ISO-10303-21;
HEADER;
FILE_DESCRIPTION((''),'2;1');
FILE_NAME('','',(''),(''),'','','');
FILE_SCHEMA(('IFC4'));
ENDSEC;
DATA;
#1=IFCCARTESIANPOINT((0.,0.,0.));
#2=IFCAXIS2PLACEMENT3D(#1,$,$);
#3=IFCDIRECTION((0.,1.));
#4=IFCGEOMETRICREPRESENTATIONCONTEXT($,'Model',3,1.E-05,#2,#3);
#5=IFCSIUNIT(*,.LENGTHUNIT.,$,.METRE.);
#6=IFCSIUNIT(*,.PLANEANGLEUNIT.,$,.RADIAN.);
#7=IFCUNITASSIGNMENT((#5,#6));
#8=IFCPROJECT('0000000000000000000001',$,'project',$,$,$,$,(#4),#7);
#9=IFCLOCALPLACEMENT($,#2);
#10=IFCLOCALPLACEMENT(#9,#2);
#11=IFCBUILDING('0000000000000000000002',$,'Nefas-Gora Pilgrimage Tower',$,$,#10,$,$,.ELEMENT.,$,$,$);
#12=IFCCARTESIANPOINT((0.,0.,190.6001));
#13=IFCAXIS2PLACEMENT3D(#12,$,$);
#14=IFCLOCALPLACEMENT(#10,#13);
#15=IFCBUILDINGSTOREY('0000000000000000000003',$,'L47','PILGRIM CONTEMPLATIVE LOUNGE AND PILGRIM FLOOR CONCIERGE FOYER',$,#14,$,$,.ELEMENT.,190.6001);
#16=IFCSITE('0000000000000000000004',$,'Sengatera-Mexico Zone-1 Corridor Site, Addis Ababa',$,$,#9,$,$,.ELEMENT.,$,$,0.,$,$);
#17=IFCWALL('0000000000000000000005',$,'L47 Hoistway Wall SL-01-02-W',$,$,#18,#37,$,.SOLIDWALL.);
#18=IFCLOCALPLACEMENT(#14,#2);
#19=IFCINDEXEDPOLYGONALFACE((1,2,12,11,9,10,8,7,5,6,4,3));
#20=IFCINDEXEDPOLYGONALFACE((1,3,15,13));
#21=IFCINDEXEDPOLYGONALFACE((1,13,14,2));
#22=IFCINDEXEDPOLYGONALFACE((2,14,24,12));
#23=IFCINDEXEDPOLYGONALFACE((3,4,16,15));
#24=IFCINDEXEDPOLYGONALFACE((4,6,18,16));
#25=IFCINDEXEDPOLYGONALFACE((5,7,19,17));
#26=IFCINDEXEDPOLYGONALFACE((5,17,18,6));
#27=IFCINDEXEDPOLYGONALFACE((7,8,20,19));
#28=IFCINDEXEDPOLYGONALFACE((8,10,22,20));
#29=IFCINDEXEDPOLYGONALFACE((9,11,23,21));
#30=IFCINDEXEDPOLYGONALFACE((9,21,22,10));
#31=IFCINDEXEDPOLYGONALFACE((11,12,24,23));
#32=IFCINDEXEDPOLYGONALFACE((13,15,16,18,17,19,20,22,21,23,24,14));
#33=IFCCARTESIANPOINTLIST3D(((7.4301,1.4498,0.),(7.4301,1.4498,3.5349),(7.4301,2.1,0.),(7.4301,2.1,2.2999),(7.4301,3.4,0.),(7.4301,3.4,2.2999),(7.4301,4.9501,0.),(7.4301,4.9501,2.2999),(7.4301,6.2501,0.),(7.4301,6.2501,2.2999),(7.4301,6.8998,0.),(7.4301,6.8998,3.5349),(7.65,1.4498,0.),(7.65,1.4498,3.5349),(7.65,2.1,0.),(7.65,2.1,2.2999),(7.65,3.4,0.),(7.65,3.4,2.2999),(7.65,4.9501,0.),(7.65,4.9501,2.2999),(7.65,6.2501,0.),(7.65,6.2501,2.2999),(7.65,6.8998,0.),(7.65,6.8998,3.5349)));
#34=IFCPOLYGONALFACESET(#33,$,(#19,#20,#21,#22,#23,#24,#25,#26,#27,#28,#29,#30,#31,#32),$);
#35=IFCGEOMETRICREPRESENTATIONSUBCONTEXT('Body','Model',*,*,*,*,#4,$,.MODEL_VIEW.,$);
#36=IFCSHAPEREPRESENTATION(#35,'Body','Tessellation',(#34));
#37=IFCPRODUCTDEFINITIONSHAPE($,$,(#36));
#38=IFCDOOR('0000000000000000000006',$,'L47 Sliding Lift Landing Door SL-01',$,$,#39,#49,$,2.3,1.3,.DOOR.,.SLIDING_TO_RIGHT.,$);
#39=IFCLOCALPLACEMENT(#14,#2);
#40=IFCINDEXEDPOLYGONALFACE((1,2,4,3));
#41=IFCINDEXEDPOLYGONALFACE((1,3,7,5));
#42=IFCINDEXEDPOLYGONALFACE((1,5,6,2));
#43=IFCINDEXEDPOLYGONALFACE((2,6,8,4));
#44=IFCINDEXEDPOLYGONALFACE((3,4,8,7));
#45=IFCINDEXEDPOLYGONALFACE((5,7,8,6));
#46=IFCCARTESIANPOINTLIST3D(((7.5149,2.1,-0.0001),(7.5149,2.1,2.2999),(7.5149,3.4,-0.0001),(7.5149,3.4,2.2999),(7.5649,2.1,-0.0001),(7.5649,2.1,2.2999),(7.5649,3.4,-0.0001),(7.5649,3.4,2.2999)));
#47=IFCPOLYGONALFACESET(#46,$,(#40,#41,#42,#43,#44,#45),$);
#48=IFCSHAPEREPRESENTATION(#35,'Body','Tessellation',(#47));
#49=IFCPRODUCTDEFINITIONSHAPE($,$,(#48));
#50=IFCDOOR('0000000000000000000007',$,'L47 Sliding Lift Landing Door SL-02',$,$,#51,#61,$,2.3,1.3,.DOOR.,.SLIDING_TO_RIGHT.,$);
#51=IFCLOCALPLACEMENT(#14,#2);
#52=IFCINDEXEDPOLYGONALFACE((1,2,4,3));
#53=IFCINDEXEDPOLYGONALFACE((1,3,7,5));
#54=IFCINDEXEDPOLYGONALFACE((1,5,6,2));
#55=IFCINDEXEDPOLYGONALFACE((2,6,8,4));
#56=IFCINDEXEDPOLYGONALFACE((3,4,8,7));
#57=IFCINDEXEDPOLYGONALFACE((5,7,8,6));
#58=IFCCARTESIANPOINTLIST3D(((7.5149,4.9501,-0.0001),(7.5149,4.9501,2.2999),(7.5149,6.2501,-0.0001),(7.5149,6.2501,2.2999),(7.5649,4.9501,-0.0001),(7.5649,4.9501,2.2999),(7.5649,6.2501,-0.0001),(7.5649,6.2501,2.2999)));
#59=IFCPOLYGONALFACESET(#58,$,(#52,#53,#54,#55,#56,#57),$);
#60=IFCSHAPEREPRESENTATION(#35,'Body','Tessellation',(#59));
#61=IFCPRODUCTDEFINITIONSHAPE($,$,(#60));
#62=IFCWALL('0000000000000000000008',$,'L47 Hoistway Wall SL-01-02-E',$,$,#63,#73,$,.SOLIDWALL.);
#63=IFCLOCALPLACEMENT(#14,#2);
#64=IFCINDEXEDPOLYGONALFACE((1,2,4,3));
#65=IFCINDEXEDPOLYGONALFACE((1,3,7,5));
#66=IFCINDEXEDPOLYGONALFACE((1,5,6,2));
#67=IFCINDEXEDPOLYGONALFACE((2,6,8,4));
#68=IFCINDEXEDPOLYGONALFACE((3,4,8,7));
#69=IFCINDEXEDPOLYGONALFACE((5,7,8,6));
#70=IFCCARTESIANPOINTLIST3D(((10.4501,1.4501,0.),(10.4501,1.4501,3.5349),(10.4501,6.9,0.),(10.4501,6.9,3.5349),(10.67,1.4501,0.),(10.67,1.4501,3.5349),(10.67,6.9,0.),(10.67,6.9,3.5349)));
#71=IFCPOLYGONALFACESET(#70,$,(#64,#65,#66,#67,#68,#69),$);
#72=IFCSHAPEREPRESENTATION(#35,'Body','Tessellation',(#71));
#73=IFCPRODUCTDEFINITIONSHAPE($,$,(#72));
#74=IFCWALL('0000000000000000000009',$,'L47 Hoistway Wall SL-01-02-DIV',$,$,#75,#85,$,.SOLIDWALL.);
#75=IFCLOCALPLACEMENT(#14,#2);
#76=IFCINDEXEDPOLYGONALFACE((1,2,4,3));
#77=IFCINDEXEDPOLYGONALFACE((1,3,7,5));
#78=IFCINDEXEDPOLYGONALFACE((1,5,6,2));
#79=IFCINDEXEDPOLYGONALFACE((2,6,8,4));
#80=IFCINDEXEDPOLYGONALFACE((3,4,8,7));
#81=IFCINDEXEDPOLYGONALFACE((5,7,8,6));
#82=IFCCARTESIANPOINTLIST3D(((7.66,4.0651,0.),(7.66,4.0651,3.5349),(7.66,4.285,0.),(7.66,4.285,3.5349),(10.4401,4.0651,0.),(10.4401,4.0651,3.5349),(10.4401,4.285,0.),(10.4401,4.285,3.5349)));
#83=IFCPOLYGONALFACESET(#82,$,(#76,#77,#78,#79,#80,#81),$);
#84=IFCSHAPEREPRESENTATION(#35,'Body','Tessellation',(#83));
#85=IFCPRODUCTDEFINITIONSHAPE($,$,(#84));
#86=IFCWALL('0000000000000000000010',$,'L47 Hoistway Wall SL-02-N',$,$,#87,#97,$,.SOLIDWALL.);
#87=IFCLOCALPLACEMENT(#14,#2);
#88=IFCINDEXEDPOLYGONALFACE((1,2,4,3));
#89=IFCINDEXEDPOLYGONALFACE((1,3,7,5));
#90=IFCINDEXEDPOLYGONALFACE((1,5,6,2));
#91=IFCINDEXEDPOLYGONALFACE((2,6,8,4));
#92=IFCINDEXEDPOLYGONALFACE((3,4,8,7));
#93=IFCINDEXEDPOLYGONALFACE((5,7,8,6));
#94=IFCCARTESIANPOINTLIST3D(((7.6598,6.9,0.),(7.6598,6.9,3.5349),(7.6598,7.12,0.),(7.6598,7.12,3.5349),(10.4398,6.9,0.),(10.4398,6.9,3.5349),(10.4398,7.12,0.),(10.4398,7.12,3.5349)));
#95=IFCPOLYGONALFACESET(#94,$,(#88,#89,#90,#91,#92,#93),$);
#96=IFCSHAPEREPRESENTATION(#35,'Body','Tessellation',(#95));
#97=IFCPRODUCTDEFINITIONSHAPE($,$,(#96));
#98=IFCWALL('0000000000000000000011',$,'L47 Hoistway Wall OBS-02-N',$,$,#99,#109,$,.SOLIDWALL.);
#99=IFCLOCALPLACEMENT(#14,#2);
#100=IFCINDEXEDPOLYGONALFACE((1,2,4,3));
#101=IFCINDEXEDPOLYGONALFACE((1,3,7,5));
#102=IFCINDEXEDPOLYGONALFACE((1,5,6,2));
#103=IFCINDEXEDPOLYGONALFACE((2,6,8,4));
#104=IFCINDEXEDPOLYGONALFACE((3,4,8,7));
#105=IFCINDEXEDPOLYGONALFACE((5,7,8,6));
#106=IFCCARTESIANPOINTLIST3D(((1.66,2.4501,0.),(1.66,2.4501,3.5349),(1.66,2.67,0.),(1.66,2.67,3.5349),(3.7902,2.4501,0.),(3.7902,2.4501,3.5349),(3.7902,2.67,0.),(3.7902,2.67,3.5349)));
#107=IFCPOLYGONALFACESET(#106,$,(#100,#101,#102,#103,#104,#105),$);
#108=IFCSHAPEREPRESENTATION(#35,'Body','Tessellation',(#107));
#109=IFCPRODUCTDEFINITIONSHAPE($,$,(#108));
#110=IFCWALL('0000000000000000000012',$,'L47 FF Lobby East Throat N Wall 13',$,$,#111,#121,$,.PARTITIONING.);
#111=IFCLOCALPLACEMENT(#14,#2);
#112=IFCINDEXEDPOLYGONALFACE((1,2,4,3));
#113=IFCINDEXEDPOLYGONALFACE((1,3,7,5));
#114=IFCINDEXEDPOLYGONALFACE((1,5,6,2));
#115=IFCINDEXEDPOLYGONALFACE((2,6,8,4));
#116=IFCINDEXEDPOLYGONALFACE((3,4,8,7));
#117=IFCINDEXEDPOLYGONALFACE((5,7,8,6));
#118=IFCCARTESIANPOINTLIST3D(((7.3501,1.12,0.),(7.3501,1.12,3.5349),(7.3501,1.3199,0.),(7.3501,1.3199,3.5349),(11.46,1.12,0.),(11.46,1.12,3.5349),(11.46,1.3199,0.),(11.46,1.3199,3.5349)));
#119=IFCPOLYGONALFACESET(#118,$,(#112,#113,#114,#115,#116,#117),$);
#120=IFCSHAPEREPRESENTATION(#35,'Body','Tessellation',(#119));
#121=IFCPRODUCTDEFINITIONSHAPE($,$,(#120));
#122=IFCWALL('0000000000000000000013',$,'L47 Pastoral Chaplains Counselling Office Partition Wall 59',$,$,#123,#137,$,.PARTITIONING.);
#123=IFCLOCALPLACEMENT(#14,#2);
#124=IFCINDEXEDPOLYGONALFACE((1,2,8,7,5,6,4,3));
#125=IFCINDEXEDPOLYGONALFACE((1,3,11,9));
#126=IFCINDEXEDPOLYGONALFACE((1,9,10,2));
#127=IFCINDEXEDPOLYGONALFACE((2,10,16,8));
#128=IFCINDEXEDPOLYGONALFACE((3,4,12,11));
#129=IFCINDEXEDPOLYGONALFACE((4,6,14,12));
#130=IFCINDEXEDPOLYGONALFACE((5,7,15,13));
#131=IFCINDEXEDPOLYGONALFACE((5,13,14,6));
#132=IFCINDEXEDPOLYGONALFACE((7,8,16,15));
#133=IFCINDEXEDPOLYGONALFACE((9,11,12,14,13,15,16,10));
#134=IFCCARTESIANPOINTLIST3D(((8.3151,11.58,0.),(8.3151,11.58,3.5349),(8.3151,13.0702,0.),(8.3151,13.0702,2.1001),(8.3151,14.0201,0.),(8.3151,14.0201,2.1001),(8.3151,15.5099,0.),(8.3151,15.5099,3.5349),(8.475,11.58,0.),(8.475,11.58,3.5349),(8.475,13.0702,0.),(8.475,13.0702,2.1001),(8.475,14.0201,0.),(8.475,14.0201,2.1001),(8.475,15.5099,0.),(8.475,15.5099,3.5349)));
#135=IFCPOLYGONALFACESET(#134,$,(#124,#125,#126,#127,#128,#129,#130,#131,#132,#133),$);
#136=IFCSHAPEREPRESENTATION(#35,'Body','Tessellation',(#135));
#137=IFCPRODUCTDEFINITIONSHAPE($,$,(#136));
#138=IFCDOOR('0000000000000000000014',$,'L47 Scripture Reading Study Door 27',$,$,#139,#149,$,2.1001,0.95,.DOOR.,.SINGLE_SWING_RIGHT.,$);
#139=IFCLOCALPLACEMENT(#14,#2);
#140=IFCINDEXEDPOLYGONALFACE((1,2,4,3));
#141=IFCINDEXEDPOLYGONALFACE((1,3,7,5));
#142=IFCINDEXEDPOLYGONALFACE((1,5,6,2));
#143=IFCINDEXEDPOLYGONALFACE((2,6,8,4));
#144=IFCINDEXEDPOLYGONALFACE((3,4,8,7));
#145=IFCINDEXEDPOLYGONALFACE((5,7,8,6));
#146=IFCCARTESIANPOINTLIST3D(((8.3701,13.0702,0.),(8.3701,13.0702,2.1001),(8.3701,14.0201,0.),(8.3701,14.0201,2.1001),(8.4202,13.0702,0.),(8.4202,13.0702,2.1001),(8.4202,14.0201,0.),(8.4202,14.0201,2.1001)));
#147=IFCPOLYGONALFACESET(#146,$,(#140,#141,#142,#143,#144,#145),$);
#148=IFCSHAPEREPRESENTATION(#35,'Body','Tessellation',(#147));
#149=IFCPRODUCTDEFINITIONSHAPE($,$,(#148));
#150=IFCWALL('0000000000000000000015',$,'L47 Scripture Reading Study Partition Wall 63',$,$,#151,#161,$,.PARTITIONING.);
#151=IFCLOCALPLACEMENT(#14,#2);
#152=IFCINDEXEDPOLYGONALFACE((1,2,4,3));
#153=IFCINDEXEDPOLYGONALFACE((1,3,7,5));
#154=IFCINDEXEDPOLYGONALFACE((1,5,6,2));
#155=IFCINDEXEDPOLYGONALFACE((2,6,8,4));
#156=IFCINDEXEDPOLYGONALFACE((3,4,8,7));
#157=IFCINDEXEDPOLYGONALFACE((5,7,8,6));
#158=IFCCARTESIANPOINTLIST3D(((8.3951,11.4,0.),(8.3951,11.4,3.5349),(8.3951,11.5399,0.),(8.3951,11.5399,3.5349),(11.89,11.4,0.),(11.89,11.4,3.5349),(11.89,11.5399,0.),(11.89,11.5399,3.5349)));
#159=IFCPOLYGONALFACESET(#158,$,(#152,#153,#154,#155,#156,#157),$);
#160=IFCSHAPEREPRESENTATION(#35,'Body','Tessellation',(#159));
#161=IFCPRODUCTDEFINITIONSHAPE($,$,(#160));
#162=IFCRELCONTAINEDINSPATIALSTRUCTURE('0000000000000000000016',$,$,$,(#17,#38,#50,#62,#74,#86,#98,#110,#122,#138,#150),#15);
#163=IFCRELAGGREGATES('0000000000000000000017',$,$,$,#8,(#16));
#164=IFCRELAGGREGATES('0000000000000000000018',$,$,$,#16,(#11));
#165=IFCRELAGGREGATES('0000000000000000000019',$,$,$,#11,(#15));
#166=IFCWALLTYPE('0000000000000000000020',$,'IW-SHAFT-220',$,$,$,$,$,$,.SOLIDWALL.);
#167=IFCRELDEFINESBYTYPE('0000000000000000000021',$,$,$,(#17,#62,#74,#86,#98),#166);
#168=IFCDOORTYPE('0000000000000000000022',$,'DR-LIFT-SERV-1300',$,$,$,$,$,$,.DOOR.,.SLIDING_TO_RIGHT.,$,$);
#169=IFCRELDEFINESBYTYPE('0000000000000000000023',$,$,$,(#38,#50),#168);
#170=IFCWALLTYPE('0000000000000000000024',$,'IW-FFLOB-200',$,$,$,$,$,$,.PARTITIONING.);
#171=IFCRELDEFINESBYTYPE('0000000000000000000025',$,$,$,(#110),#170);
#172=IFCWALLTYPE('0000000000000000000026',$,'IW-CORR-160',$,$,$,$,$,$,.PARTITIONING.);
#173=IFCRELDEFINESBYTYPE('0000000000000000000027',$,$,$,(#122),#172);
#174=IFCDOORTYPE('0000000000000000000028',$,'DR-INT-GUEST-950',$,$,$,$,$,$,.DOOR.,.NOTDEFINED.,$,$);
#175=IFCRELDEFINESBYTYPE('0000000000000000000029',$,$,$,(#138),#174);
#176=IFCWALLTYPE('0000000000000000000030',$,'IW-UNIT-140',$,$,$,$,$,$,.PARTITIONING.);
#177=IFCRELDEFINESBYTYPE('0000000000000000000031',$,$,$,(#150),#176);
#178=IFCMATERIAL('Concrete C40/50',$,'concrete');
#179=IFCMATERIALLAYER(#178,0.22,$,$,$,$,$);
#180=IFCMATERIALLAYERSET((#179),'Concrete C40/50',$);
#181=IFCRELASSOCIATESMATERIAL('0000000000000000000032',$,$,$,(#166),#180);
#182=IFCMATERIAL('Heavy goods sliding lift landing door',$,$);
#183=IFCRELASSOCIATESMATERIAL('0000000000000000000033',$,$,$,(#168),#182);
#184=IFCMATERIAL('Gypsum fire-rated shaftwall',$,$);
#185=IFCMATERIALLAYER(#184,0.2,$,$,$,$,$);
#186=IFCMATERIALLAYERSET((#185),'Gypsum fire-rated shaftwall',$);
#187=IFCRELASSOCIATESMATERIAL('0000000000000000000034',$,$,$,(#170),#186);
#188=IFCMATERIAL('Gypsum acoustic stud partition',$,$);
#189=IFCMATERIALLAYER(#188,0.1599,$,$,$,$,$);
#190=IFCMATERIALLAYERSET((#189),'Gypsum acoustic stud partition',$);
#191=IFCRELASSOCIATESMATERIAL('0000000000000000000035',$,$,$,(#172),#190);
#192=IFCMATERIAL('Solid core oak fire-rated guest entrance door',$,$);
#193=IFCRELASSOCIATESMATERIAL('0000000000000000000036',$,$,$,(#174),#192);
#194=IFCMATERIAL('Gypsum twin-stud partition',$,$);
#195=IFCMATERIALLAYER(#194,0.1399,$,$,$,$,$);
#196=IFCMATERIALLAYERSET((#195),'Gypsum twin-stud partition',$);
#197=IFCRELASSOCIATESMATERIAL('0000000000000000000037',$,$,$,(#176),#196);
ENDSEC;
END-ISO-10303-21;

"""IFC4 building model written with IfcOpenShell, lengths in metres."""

from ifc_helpers import new_model, si_unit, direction, frame, frame_2d, origin, place, context, subcontext, project, spatial, rectangle, extrude, source, transform, mapped, material, layer, layer_set, type_object, element, fill, save


model = new_model("IFC4")

# Units and contexts
model_context = context("Model", 3, precision=1e-05, world=origin(), true_north=direction((0.0, 1.0)))
body_context = subcontext(model_context, "Body", "Model", "MODEL_VIEW")
ifc_project = project(units=[si_unit("LENGTHUNIT", "METRE"), si_unit("PLANEANGLEUNIT", "RADIAN")], contexts=[model_context])

# Site, building, storey
site_placement = place(None, origin())
site = spatial("IfcSite", under=ifc_project, at=site_placement, Name="Sengatera-Mexico Zone-1 Corridor Site, Addis Ababa", CompositionType="ELEMENT", RefElevation=0.0)
building_placement = place(site_placement, origin())
building = spatial("IfcBuilding", under=site, at=building_placement, Name="Nefas-Gora Pilgrimage Tower", CompositionType="ELEMENT")
storey_placement = place(building_placement, frame((0.0, 0.0, 190.6001)))
storey = spatial("IfcBuildingStorey", under=building, at=storey_placement, Name="L47", Description="PILGRIM CONTEMPLATIVE LOUNGE AND PILGRIM FLOOR CONCIERGE FOYER", CompositionType="ELEMENT", Elevation=190.6001)

# Wall, openings, doors
ifc_material_1 = material(Name="Concrete C40/50", Category="concrete")
ifc_layer_1 = layer(ifc_material_1, 0.22)
ifc_layer_set_1 = layer_set([ifc_layer_1], Name="Concrete C40/50")
wall_type_1 = type_object("IfcWallType", Name="IW-SHAFT-220", PredefinedType="SOLIDWALL", material=ifc_layer_set_1)
shared_shape_1 = source(origin(), body_context, "Body", "SweptSolid", [
    extrude(rectangle(XDim=5.45, YDim=0.22, at=frame_2d((2.7251, 0.0))), origin(), (0.0, 0.0, 1.0), 3.5349),
])
wall_1_placement = place(storey_placement, frame((7.54, 6.8999, 0.0), z_axis=(0.0, 0.0, 1.0), x_axis=(0.0, -1.0, 0.0)))
wall_1 = element("IfcWall", 1, at=wall_1_placement, inside=storey, type_object=wall_type_1, Name="L47 Hoistway Wall SL-01-02-W", PredefinedType="SOLIDWALL", context=body_context, shape_type="MappedRepresentation", body=[
    mapped(shared_shape_1, transform((0.0, 0.0, 0.0), x_axis=(1.0, 0.0, 0.0), y_axis=(0.0, 1.0, 0.0), z_axis=(0.0, 0.0, 1.0), scale=1.0)),
])
opening_1_placement = place(wall_1_placement, frame((3.5, 0.0, 0.0)))
opening_1 = element("IfcOpeningElement", 2, at=opening_1_placement, cuts=wall_1, PredefinedType="OPENING", context=body_context, shape_type="SweptSolid", body=[
    extrude(rectangle(XDim=1.3, YDim=2.3, at=frame_2d((0.6499, 1.1499))), frame((0.0, 0.1199, 0.0), z_axis=(0.0, -1.0, 0.0), x_axis=(1.0, 0.0, 0.0)), (0.0, 0.0, 1.0), 0.24),
])
opening_2_placement = place(wall_1_placement, frame((0.6499, 0.0, 0.0)))
opening_2 = element("IfcOpeningElement", 3, at=opening_2_placement, cuts=wall_1, PredefinedType="OPENING", context=body_context, shape_type="SweptSolid", body=[
    extrude(rectangle(XDim=1.3, YDim=2.3, at=frame_2d((0.6499, 1.1499))), frame((0.0, 0.1199, 0.0), z_axis=(0.0, -1.0, 0.0), x_axis=(1.0, 0.0, 0.0)), (0.0, 0.0, 1.0), 0.24),
])
ifc_material_2 = material(Name="Heavy goods sliding lift landing door")
door_type_1 = type_object("IfcDoorType", Name="DR-LIFT-SERV-1300", OperationType="SLIDING_TO_RIGHT", PredefinedType="DOOR", material=ifc_material_2)
shared_shape_2 = source(origin(), body_context, "Body", "SweptSolid", [
    extrude(rectangle(XDim=1.3, YDim=2.3, at=frame_2d((0.6499, 1.1499))), frame((0.0, 0.0249, 0.0), z_axis=(0.0, -1.0, 0.0), x_axis=(1.0, 0.0, 0.0)), (0.0, 0.0, 1.0), 0.05),
])
door_1_placement = place(opening_1_placement, origin())
door_1 = element("IfcDoor", 4, at=door_1_placement, inside=storey, type_object=door_type_1, Name="L47 Sliding Lift Landing Door SL-01", OperationType="SLIDING_TO_RIGHT", OverallHeight=2.3, OverallWidth=1.3, PredefinedType="DOOR", context=body_context, shape_type="MappedRepresentation", body=[
    mapped(shared_shape_2, transform((0.0, 0.0, 0.0), x_axis=(1.0, 0.0, 0.0), y_axis=(0.0, 1.0, 0.0), z_axis=(0.0, 0.0, 1.0), scale=1.0)),
])
fill(opening_1, door_1)
door_2_placement = place(opening_2_placement, origin())
door_2 = element("IfcDoor", 5, at=door_2_placement, inside=storey, type_object=door_type_1, Name="L47 Sliding Lift Landing Door SL-02", OperationType="SLIDING_TO_RIGHT", OverallHeight=2.3, OverallWidth=1.3, PredefinedType="DOOR", context=body_context, shape_type="MappedRepresentation", body=[
    mapped(shared_shape_2, transform((0.0, 0.0, 0.0), x_axis=(1.0, 0.0, 0.0), y_axis=(0.0, 1.0, 0.0), z_axis=(0.0, 0.0, 1.0), scale=1.0)),
])
fill(opening_2, door_2)

# Walls
wall_2_placement = place(storey_placement, frame((10.5601, 1.45, 0.0), z_axis=(0.0, 0.0, 1.0), x_axis=(0.0, 1.0, 0.0)))
element("IfcWall", 6, at=wall_2_placement, inside=storey, type_object=wall_type_1, Name="L47 Hoistway Wall SL-01-02-E", PredefinedType="SOLIDWALL", context=body_context, shape_type="MappedRepresentation", body=[
    mapped(shared_shape_1, transform((0.0, 0.0, 0.0), x_axis=(1.0, 0.0, 0.0), y_axis=(0.0, 1.0, 0.0), z_axis=(0.0, 0.0, 1.0), scale=1.0)),
])
shared_shape_3 = source(origin(), body_context, "Body", "SweptSolid", [
    extrude(rectangle(XDim=2.78, YDim=0.22, at=frame_2d((1.3901, 0.0))), origin(), (0.0, 0.0, 1.0), 3.5349),
])
for number, where, z_axis, x_axis, name in (
    (7, (7.6599, 4.175, 0.0), (0.0, 0.0, 1.0), (1.0, 0.0, 0.0), "L47 Hoistway Wall SL-01-02-DIV"),
    (8, (10.4399, 7.01, 0.0), (0.0, 0.0, 1.0), (-1.0, 0.0, 0.0), "L47 Hoistway Wall SL-02-N"),
):
    element("IfcWall", number, at=place(storey_placement, frame(where, z_axis=z_axis, x_axis=x_axis)), inside=storey, type_object=wall_type_1, Name=name, PredefinedType="SOLIDWALL", context=body_context, shape_type="MappedRepresentation", body=[
        mapped(shared_shape_3, transform((0.0, 0.0, 0.0), x_axis=(1.0, 0.0, 0.0), y_axis=(0.0, 1.0, 0.0), z_axis=(0.0, 0.0, 1.0), scale=1.0)),
    ])
shared_shape_4 = source(origin(), body_context, "Body", "SweptSolid", [
    extrude(rectangle(XDim=2.1301, YDim=0.22, at=frame_2d((1.0649, 0.0))), origin(), (0.0, 0.0, 1.0), 3.5349),
])
wall_3_placement = place(storey_placement, frame((3.79, 2.5601, 0.0), z_axis=(0.0, 0.0, 1.0), x_axis=(-1.0, 0.0, 0.0)))
element("IfcWall", 9, at=wall_3_placement, inside=storey, type_object=wall_type_1, Name="L47 Hoistway Wall OBS-02-N", PredefinedType="SOLIDWALL", context=body_context, shape_type="MappedRepresentation", body=[
    mapped(shared_shape_4, transform((0.0, 0.0, 0.0), x_axis=(1.0, 0.0, 0.0), y_axis=(0.0, 1.0, 0.0), z_axis=(0.0, 0.0, 1.0), scale=1.0)),
])

# Shared definitions
ifc_material_3 = material(Name="Gypsum fire-rated shaftwall")
ifc_layer_2 = layer(ifc_material_3, 0.2)
ifc_layer_set_2 = layer_set([ifc_layer_2], Name="Gypsum fire-rated shaftwall")
wall_type_2 = type_object("IfcWallType", Name="IW-FFLOB-200", PredefinedType="PARTITIONING", material=ifc_layer_set_2)

# Wall
shared_shape_5 = source(origin(), body_context, "Body", "SweptSolid", [
    extrude(rectangle(XDim=4.1099, YDim=0.2, at=frame_2d((2.0549, 0.0))), origin(), (0.0, 0.0, 1.0), 3.5349),
])
wall_4_placement = place(storey_placement, frame((7.3501, 1.22, 0.0), z_axis=(0.0, 0.0, 1.0), x_axis=(1.0, 0.0, 0.0)))
element("IfcWall", 10, at=wall_4_placement, inside=storey, type_object=wall_type_2, Name="L47 FF Lobby East Throat N Wall 13", PredefinedType="PARTITIONING", context=body_context, shape_type="MappedRepresentation", body=[
    mapped(shared_shape_5, transform((0.0, 0.0, 0.0), x_axis=(1.0, 0.0, 0.0), y_axis=(0.0, 1.0, 0.0), z_axis=(0.0, 0.0, 1.0), scale=1.0)),
])

# Wall, opening, door
ifc_material_4 = material(Name="Gypsum acoustic stud partition")
ifc_layer_3 = layer(ifc_material_4, 0.1599)
ifc_layer_set_3 = layer_set([ifc_layer_3], Name="Gypsum acoustic stud partition")
wall_type_3 = type_object("IfcWallType", Name="IW-CORR-160", PredefinedType="PARTITIONING", material=ifc_layer_set_3)
shared_shape_6 = source(origin(), body_context, "Body", "SweptSolid", [
    extrude(rectangle(XDim=3.9299, YDim=0.1599, at=frame_2d((1.9648, 0.0))), origin(), (0.0, 0.0, 1.0), 3.5349),
])
wall_5_placement = place(storey_placement, frame((8.395, 11.5801, 0.0), z_axis=(0.0, 0.0, 1.0), x_axis=(0.0, 1.0, 0.0)))
wall_5 = element("IfcWall", 11, at=wall_5_placement, inside=storey, type_object=wall_type_3, Name="L47 Pastoral Chaplains Counselling Office Partition Wall 59", PredefinedType="PARTITIONING", context=body_context, shape_type="MappedRepresentation", body=[
    mapped(shared_shape_6, transform((0.0, 0.0, 0.0), x_axis=(1.0, 0.0, 0.0), y_axis=(0.0, 1.0, 0.0), z_axis=(0.0, 0.0, 1.0), scale=1.0)),
])
opening_3_placement = place(wall_5_placement, frame((1.49, 0.0, 0.0)))
opening_3 = element("IfcOpeningElement", 12, at=opening_3_placement, cuts=wall_5, PredefinedType="OPENING", context=body_context, shape_type="SweptSolid", body=[
    extrude(rectangle(XDim=0.95, YDim=2.1001, at=frame_2d((0.4751, 1.05))), frame((0.0, 0.0898, 0.0), z_axis=(0.0, -1.0, 0.0), x_axis=(1.0, 0.0, 0.0)), (0.0, 0.0, 1.0), 0.1799),
])
ifc_material_5 = material(Name="Solid core oak fire-rated guest entrance door")
door_type_2 = type_object("IfcDoorType", Name="DR-INT-GUEST-950", OperationType="NOTDEFINED", PredefinedType="DOOR", material=ifc_material_5)
shared_shape_7 = source(origin(), body_context, "Body", "SweptSolid", [
    extrude(rectangle(XDim=0.95, YDim=2.1001, at=frame_2d((0.4751, 1.05))), frame((0.0, 0.0249, 0.0), z_axis=(0.0, -1.0, 0.0), x_axis=(1.0, 0.0, 0.0)), (0.0, 0.0, 1.0), 0.05),
])
door_3_placement = place(opening_3_placement, origin())
door_3 = element("IfcDoor", 13, at=door_3_placement, inside=storey, type_object=door_type_2, Name="L47 Scripture Reading Study Door 27", OperationType="SINGLE_SWING_RIGHT", OverallHeight=2.1001, OverallWidth=0.95, PredefinedType="DOOR", context=body_context, shape_type="MappedRepresentation", body=[
    mapped(shared_shape_7, transform((0.0, 0.0, 0.0), x_axis=(1.0, 0.0, 0.0), y_axis=(0.0, 1.0, 0.0), z_axis=(0.0, 0.0, 1.0), scale=1.0)),
])
fill(opening_3, door_3)

# Wall
ifc_material_6 = material(Name="Gypsum twin-stud partition")
ifc_layer_4 = layer(ifc_material_6, 0.1399)
ifc_layer_set_4 = layer_set([ifc_layer_4], Name="Gypsum twin-stud partition")
wall_type_4 = type_object("IfcWallType", Name="IW-UNIT-140", PredefinedType="PARTITIONING", material=ifc_layer_set_4)
shared_shape_8 = source(origin(), body_context, "Body", "SweptSolid", [
    extrude(rectangle(XDim=3.4949, YDim=0.1399, at=frame_2d((1.7476, 0.0))), origin(), (0.0, 0.0, 1.0), 3.5349),
])
wall_6_placement = place(storey_placement, frame((8.395, 11.47, 0.0), z_axis=(0.0, 0.0, 1.0), x_axis=(1.0, 0.0, 0.0)))
element("IfcWall", 14, at=wall_6_placement, inside=storey, type_object=wall_type_4, Name="L47 Scripture Reading Study Partition Wall 63", PredefinedType="PARTITIONING", context=body_context, shape_type="MappedRepresentation", body=[
    mapped(shared_shape_8, transform((0.0, 0.0, 0.0), x_axis=(1.0, 0.0, 0.0), y_axis=(0.0, 1.0, 0.0), z_axis=(0.0, 0.0, 1.0), scale=1.0)),
])

save(model, "model.ifc")
